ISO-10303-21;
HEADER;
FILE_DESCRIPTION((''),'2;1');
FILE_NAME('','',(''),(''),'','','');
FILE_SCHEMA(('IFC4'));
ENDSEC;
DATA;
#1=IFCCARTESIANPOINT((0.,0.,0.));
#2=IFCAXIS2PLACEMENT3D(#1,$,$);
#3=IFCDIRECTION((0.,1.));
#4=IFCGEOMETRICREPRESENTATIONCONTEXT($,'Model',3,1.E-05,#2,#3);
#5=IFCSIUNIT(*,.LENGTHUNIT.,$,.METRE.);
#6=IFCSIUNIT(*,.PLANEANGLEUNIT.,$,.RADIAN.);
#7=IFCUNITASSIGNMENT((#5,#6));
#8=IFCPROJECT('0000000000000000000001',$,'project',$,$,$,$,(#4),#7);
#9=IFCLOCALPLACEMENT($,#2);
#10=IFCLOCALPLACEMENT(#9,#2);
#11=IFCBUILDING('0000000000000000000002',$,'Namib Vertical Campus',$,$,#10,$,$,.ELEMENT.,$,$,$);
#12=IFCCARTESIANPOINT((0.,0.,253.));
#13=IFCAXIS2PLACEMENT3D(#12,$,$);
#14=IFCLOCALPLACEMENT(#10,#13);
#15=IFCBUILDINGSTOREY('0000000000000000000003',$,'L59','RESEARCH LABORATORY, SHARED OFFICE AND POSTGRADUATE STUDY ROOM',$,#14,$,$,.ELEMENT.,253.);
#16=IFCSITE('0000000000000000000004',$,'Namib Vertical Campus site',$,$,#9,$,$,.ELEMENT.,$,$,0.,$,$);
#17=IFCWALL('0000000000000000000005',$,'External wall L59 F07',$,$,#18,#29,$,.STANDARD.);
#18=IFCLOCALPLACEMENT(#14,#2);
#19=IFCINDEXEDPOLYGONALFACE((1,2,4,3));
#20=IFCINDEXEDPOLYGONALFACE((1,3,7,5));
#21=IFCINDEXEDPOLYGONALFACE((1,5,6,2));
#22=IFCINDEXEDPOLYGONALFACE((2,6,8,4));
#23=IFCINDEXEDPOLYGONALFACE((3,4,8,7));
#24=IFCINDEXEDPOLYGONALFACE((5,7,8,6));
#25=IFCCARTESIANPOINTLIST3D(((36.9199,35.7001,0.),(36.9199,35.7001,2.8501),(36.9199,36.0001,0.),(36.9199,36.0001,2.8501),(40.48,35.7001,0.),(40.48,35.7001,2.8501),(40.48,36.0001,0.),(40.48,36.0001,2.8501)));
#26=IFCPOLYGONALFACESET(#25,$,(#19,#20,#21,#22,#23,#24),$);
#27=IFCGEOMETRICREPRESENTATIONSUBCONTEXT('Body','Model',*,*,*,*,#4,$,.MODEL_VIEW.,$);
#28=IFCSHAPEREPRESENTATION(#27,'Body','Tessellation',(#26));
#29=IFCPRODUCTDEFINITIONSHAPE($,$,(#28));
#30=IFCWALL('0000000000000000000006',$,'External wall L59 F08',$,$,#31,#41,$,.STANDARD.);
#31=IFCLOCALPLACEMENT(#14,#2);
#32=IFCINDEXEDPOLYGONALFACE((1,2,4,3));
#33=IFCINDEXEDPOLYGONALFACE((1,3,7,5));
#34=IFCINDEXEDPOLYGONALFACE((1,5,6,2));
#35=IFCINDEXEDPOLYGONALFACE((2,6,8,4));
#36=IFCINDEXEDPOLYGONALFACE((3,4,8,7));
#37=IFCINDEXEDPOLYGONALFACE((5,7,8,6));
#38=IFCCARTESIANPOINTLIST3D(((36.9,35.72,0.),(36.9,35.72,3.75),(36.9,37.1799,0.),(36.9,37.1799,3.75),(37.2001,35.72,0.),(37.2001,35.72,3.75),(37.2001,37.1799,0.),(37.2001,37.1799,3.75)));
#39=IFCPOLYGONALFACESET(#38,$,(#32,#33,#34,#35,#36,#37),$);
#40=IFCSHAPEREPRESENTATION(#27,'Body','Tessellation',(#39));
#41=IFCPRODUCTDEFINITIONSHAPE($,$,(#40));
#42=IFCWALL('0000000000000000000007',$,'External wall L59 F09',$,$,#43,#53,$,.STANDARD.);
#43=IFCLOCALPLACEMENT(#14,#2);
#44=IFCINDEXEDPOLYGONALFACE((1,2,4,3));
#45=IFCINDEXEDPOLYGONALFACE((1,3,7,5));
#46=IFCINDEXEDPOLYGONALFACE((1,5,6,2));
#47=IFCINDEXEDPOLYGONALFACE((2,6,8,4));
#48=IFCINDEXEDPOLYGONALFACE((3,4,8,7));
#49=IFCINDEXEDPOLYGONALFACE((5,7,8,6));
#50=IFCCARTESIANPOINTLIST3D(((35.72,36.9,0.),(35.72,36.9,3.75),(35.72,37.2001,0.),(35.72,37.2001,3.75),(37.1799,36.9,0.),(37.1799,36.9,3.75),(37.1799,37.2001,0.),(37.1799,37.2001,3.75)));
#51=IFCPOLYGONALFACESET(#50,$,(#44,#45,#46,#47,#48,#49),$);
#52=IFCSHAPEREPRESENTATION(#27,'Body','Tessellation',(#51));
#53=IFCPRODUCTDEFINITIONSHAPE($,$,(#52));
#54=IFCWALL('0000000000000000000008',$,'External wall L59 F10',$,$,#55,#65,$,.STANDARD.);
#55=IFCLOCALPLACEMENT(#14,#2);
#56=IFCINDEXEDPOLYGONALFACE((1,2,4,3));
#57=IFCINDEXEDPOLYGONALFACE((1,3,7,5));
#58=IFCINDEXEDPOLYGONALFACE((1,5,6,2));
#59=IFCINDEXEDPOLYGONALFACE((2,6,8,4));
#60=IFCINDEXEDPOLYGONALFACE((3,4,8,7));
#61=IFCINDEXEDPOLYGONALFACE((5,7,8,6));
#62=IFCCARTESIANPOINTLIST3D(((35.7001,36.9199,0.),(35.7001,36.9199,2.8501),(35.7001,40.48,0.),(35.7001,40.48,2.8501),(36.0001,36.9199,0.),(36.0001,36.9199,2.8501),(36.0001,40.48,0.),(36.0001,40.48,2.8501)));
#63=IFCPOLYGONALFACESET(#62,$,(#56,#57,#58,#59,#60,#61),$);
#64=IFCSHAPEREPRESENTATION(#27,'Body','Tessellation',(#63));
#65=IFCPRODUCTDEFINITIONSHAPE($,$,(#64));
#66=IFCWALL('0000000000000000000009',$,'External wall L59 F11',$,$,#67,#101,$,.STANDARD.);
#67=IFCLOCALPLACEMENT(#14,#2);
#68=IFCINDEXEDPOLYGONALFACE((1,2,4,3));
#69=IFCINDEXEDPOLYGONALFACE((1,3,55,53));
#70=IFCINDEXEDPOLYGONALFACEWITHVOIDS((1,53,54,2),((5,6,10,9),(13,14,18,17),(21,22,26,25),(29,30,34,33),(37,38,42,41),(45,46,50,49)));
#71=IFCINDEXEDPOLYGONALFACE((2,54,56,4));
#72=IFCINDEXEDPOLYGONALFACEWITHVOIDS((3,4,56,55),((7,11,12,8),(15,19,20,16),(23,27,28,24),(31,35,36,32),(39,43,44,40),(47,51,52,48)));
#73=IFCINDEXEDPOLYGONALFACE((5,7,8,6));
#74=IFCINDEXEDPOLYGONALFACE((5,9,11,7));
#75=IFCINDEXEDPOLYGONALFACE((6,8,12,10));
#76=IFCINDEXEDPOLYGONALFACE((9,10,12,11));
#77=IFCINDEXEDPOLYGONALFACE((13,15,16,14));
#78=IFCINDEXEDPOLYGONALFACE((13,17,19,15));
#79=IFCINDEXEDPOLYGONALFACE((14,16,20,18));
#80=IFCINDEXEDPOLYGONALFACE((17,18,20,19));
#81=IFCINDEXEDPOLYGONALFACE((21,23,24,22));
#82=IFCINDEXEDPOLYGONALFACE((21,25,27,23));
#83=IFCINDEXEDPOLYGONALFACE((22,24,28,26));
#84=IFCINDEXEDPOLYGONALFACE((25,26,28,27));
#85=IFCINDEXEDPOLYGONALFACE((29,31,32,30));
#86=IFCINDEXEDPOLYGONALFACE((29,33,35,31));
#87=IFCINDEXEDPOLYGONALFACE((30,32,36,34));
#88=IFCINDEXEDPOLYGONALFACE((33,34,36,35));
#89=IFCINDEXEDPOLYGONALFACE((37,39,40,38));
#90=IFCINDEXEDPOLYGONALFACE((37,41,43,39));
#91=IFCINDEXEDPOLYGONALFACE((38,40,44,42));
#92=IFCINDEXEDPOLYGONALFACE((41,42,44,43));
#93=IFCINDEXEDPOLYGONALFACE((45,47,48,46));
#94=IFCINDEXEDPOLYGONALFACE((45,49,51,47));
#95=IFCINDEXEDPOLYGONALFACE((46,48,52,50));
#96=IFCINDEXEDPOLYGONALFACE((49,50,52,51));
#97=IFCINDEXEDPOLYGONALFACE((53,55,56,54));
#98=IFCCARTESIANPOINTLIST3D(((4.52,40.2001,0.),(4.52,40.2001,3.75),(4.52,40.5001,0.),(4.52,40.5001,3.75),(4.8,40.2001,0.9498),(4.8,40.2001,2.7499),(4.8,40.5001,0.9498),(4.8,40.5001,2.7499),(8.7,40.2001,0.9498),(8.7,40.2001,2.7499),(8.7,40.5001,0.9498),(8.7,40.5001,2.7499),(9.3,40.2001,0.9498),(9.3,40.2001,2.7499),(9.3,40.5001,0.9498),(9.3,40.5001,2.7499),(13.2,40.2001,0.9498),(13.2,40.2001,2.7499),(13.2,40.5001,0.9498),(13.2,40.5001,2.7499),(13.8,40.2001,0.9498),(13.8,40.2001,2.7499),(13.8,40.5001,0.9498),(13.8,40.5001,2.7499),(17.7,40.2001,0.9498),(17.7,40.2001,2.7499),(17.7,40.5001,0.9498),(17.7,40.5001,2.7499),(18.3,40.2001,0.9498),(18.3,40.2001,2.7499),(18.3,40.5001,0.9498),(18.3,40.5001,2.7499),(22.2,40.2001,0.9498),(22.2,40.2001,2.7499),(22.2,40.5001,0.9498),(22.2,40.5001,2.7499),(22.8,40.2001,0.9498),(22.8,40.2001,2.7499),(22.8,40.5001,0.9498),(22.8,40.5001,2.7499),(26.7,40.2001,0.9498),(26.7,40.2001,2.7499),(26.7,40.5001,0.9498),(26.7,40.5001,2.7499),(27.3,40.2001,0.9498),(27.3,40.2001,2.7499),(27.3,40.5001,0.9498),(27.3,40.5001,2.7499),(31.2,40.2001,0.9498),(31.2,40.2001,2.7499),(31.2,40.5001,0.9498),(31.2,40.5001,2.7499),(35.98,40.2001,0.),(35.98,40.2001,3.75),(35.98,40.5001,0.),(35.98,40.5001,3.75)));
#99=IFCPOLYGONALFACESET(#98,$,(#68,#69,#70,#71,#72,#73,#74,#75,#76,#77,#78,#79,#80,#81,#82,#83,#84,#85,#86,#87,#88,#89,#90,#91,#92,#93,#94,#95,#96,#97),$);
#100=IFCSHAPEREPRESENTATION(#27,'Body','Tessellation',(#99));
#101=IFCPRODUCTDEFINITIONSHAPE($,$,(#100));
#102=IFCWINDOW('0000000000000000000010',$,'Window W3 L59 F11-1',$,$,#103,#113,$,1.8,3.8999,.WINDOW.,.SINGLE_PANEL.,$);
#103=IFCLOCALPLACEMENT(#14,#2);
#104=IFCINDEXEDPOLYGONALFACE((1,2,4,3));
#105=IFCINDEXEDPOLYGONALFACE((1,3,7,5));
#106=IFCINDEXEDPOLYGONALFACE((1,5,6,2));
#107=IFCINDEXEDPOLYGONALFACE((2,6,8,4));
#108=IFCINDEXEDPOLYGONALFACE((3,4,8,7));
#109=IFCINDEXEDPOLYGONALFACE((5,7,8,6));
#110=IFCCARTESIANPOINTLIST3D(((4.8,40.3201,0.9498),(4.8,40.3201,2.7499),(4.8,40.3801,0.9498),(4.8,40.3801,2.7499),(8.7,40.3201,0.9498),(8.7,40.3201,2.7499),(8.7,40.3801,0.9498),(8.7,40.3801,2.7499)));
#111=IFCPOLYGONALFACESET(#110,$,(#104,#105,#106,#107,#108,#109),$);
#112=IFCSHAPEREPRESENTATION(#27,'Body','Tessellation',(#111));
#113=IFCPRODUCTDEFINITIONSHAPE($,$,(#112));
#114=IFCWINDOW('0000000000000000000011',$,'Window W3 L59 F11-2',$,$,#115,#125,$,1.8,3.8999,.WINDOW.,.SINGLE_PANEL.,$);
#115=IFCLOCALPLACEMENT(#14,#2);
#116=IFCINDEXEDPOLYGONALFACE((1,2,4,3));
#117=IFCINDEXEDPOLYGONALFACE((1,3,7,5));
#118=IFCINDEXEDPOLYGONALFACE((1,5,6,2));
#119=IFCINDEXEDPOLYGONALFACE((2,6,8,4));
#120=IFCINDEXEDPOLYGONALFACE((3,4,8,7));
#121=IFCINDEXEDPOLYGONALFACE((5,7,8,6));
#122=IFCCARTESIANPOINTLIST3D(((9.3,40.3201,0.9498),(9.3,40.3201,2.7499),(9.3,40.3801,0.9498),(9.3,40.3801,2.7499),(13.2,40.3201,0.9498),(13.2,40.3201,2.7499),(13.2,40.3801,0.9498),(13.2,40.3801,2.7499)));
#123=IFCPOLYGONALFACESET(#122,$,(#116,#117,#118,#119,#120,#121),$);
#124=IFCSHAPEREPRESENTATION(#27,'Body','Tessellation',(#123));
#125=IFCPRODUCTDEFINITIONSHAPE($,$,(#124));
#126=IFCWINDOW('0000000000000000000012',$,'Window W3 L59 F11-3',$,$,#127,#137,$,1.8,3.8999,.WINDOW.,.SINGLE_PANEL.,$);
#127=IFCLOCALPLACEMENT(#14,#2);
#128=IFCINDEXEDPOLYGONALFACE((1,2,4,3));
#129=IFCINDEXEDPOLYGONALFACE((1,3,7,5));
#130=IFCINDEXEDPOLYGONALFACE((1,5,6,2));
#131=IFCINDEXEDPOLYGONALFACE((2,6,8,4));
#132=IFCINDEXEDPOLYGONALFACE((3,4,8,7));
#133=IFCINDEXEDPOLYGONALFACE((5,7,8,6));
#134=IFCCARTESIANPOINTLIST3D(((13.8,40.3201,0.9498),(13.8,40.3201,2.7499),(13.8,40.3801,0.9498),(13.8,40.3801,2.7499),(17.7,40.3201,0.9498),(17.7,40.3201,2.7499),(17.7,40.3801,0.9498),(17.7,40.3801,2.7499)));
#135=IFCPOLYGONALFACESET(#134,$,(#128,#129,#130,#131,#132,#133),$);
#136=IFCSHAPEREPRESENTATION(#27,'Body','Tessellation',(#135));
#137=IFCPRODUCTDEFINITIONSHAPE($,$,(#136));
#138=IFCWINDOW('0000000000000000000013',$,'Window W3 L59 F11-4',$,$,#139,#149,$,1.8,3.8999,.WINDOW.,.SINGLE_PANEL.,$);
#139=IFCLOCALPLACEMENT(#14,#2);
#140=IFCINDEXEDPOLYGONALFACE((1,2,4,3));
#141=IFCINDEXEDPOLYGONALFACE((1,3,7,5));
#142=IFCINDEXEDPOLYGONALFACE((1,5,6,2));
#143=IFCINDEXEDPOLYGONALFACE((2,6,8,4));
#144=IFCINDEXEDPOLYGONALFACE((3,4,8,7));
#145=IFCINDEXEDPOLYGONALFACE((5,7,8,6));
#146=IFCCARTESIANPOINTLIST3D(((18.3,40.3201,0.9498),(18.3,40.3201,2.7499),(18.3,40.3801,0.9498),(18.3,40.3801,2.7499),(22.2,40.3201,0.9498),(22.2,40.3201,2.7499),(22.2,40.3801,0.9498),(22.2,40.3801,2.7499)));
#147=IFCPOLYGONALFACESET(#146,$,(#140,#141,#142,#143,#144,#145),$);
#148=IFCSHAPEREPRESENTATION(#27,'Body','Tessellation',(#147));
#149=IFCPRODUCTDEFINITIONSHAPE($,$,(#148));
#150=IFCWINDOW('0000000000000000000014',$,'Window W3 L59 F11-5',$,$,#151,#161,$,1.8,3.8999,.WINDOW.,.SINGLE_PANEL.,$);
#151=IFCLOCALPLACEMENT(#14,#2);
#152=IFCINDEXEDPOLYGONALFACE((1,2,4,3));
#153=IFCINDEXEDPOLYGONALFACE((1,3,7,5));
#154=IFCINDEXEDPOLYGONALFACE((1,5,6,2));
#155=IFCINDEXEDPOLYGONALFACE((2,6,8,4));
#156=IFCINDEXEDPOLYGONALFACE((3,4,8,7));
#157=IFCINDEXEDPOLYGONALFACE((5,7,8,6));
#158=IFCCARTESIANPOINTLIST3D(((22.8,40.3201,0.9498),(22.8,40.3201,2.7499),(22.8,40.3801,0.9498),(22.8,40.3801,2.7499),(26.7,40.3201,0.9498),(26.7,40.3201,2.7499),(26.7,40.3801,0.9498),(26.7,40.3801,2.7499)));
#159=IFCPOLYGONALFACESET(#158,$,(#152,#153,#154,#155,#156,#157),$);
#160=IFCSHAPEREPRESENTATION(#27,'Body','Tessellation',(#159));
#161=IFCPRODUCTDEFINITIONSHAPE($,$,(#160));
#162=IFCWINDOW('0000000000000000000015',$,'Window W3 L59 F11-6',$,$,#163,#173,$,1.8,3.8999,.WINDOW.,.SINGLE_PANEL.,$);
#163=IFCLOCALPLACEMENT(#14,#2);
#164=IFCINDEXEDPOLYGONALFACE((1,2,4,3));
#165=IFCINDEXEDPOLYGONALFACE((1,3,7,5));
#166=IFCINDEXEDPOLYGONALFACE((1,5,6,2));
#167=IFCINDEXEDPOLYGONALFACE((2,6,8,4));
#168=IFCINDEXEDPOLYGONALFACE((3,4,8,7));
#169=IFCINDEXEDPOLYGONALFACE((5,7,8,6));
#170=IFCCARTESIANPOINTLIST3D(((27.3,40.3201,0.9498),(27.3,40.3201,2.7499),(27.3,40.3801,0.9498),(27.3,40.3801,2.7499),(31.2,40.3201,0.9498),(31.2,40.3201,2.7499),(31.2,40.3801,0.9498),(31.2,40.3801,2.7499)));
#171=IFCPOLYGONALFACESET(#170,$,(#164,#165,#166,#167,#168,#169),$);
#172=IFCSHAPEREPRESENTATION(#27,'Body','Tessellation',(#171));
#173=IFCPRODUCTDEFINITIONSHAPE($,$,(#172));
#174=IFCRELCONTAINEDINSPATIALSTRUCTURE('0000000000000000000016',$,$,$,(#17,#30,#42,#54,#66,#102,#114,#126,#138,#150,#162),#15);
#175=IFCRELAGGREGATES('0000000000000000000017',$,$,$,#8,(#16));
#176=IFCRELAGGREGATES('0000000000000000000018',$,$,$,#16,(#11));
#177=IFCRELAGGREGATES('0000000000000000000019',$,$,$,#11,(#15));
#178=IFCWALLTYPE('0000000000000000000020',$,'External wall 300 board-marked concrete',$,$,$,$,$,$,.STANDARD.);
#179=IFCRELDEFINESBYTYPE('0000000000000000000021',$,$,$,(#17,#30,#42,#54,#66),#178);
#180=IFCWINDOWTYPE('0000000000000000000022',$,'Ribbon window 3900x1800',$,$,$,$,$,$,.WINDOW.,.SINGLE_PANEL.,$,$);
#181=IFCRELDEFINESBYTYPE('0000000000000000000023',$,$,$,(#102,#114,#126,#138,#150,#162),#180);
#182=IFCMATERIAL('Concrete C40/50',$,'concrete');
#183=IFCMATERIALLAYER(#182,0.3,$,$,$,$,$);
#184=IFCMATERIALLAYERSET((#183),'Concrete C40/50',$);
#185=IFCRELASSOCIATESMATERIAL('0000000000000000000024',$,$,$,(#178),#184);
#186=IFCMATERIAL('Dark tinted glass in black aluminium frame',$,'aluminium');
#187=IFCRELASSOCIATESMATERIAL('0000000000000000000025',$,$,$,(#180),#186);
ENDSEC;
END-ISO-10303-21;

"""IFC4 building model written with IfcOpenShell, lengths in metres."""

from ifc_helpers import new_model, si_unit, direction, frame, frame_2d, origin, place, context, subcontext, project, spatial, rectangle, extrude, material, layer, layer_set, type_object, element, fill, save


model = new_model("IFC4")

# Units and contexts
model_context = context("Model", 3, precision=1e-05, world=origin(), true_north=direction((0.0, 1.0)))
body_context = subcontext(model_context, "Body", "Model", "MODEL_VIEW")
ifc_project = project(units=[si_unit("LENGTHUNIT", "METRE"), si_unit("PLANEANGLEUNIT", "RADIAN")], contexts=[model_context])

# Site, building, storey
site_placement = place(None, origin())
site = spatial("IfcSite", under=ifc_project, at=site_placement, Name="Namib Vertical Campus site", CompositionType="ELEMENT", RefElevation=0.0)
building_placement = place(site_placement, origin())
building = spatial("IfcBuilding", under=site, at=building_placement, Name="Namib Vertical Campus", CompositionType="ELEMENT")
storey_placement = place(building_placement, frame((0.0, 0.0, 253.0)))
storey = spatial("IfcBuildingStorey", under=building, at=storey_placement, Name="L59", Description="RESEARCH LABORATORY, SHARED OFFICE AND POSTGRADUATE STUDY ROOM", CompositionType="ELEMENT", Elevation=253.0)

# Walls
ifc_material_1 = material(Name="Concrete C40/50", Category="concrete")
ifc_layer_1 = layer(ifc_material_1, 0.3)
ifc_layer_set_1 = layer_set([ifc_layer_1], Name="Concrete C40/50")
wall_type_1 = type_object("IfcWallType", Name="External wall 300 board-marked concrete", PredefinedType="STANDARD", material=ifc_layer_set_1)
wall_1_placement = place(storey_placement, frame((40.48, 35.8501, 0.0), z_axis=(0.0, 0.0, 1.0), x_axis=(-1.0, 0.0, 0.0)))
element("IfcWall", 1, at=wall_1_placement, inside=storey, type_object=wall_type_1, Name="External wall L59 F07", PredefinedType="STANDARD", context=body_context, shape_type="SweptSolid", body=[
    extrude(rectangle(XDim=3.5601, YDim=0.3, at=frame_2d((1.78, 0.0))), origin(), (0.0, 0.0, 1.0), 2.8501),
])
for number, where, z_axis, x_axis, name in (
    (2, (37.05, 35.72, 0.0), (0.0, 0.0, 1.0), (0.0, 1.0, 0.0), "External wall L59 F08"),
    (3, (37.1799, 37.05, 0.0), (0.0, 0.0, 1.0), (-1.0, 0.0, 0.0), "External wall L59 F09"),
):
    element("IfcWall", number, at=place(storey_placement, frame(where, z_axis=z_axis, x_axis=x_axis)), inside=storey, type_object=wall_type_1, Name=name, PredefinedType="STANDARD", context=body_context, shape_type="SweptSolid", body=[
        extrude(rectangle(XDim=1.46, YDim=0.3, at=frame_2d((0.73, 0.0))), origin(), (0.0, 0.0, 1.0), 3.75),
    ])
wall_2_placement = place(storey_placement, frame((35.8501, 36.9199, 0.0), z_axis=(0.0, 0.0, 1.0), x_axis=(0.0, 1.0, 0.0)))
element("IfcWall", 4, at=wall_2_placement, inside=storey, type_object=wall_type_1, Name="External wall L59 F10", PredefinedType="STANDARD", context=body_context, shape_type="SweptSolid", body=[
    extrude(rectangle(XDim=3.5601, YDim=0.3, at=frame_2d((1.78, 0.0))), origin(), (0.0, 0.0, 1.0), 2.8501),
])

# Wall, openings, windows
wall_3_placement = place(storey_placement, frame((35.98, 40.3501, 0.0), z_axis=(0.0, 0.0, 1.0), x_axis=(-1.0, 0.0, 0.0)))
wall_3 = element("IfcWall", 5, at=wall_3_placement, inside=storey, type_object=wall_type_1, Name="External wall L59 F11", PredefinedType="STANDARD", context=body_context, shape_type="SweptSolid", body=[
    extrude(rectangle(XDim=31.46, YDim=0.3, at=frame_2d((15.73, 0.0))), origin(), (0.0, 0.0, 1.0), 3.75),
])
opening_1_placement = place(wall_3_placement, frame((27.28, 0.0, 0.95)))
opening_1 = element("IfcOpeningElement", 6, at=opening_1_placement, cuts=wall_3, PredefinedType="OPENING", context=body_context, shape_type="SweptSolid", body=[
    extrude(rectangle(XDim=3.8999, YDim=1.8, at=frame_2d((1.95, 0.8999))), frame((0.0, 0.1599, 0.0), z_axis=(0.0, -1.0, 0.0), x_axis=(1.0, 0.0, 0.0)), (0.0, 0.0, 1.0), 0.3201),
])
opening_2_placement = place(wall_3_placement, frame((22.78, 0.0, 0.95)))
opening_2 = element("IfcOpeningElement", 7, at=opening_2_placement, cuts=wall_3, PredefinedType="OPENING", context=body_context, shape_type="SweptSolid", body=[
    extrude(rectangle(XDim=3.8999, YDim=1.8, at=frame_2d((1.95, 0.8999))), frame((0.0, 0.1599, 0.0), z_axis=(0.0, -1.0, 0.0), x_axis=(1.0, 0.0, 0.0)), (0.0, 0.0, 1.0), 0.3201),
])
opening_3_placement = place(wall_3_placement, frame((18.28, 0.0, 0.95)))
opening_3 = element("IfcOpeningElement", 8, at=opening_3_placement, cuts=wall_3, PredefinedType="OPENING", context=body_context, shape_type="SweptSolid", body=[
    extrude(rectangle(XDim=3.8999, YDim=1.8, at=frame_2d((1.95, 0.8999))), frame((0.0, 0.1599, 0.0), z_axis=(0.0, -1.0, 0.0), x_axis=(1.0, 0.0, 0.0)), (0.0, 0.0, 1.0), 0.3201),
])
opening_4_placement = place(wall_3_placement, frame((13.78, 0.0, 0.95)))
opening_4 = element("IfcOpeningElement", 9, at=opening_4_placement, cuts=wall_3, PredefinedType="OPENING", context=body_context, shape_type="SweptSolid", body=[
    extrude(rectangle(XDim=3.8999, YDim=1.8, at=frame_2d((1.95, 0.8999))), frame((0.0, 0.1599, 0.0), z_axis=(0.0, -1.0, 0.0), x_axis=(1.0, 0.0, 0.0)), (0.0, 0.0, 1.0), 0.3201),
])
opening_5_placement = place(wall_3_placement, frame((9.28, 0.0, 0.95)))
opening_5 = element("IfcOpeningElement", 10, at=opening_5_placement, cuts=wall_3, PredefinedType="OPENING", context=body_context, shape_type="SweptSolid", body=[
    extrude(rectangle(XDim=3.8999, YDim=1.8, at=frame_2d((1.95, 0.8999))), frame((0.0, 0.1599, 0.0), z_axis=(0.0, -1.0, 0.0), x_axis=(1.0, 0.0, 0.0)), (0.0, 0.0, 1.0), 0.3201),
])
opening_6_placement = place(wall_3_placement, frame((4.78, 0.0, 0.95)))
opening_6 = element("IfcOpeningElement", 11, at=opening_6_placement, cuts=wall_3, PredefinedType="OPENING", context=body_context, shape_type="SweptSolid", body=[
    extrude(rectangle(XDim=3.8999, YDim=1.8, at=frame_2d((1.95, 0.8999))), frame((0.0, 0.1599, 0.0), z_axis=(0.0, -1.0, 0.0), x_axis=(1.0, 0.0, 0.0)), (0.0, 0.0, 1.0), 0.3201),
])
ifc_material_2 = material(Name="Dark tinted glass in black aluminium frame", Category="aluminium")
window_type = type_object("IfcWindowType", Name="Ribbon window 3900x1800", PartitioningType="SINGLE_PANEL", PredefinedType="WINDOW", material=ifc_material_2)
window_1_placement = place(opening_1_placement, origin())
window_1 = element("IfcWindow", 12, at=window_1_placement, inside=storey, type_object=window_type, Name="Window W3 L59 F11-1", OverallHeight=1.8, OverallWidth=3.8999, PartitioningType="SINGLE_PANEL", PredefinedType="WINDOW", context=body_context, shape_type="SweptSolid", body=[
    extrude(rectangle(XDim=3.8999, YDim=1.8, at=frame_2d((1.95, 0.8999))), frame((0.0, 0.03, 0.0), z_axis=(0.0, -1.0, 0.0), x_axis=(1.0, 0.0, 0.0)), (0.0, 0.0, 1.0), 0.0601),
])
fill(opening_1, window_1)
window_2_placement = place(opening_2_placement, origin())
window_2 = element("IfcWindow", 13, at=window_2_placement, inside=storey, type_object=window_type, Name="Window W3 L59 F11-2", OverallHeight=1.8, OverallWidth=3.8999, PartitioningType="SINGLE_PANEL", PredefinedType="WINDOW", context=body_context, shape_type="SweptSolid", body=[
    extrude(rectangle(XDim=3.8999, YDim=1.8, at=frame_2d((1.95, 0.8999))), frame((0.0, 0.03, 0.0), z_axis=(0.0, -1.0, 0.0), x_axis=(1.0, 0.0, 0.0)), (0.0, 0.0, 1.0), 0.0601),
])
fill(opening_2, window_2)
window_3_placement = place(opening_3_placement, origin())
window_3 = element("IfcWindow", 14, at=window_3_placement, inside=storey, type_object=window_type, Name="Window W3 L59 F11-3", OverallHeight=1.8, OverallWidth=3.8999, PartitioningType="SINGLE_PANEL", PredefinedType="WINDOW", context=body_context, shape_type="SweptSolid", body=[
    extrude(rectangle(XDim=3.8999, YDim=1.8, at=frame_2d((1.95, 0.8999))), frame((0.0, 0.03, 0.0), z_axis=(0.0, -1.0, 0.0), x_axis=(1.0, 0.0, 0.0)), (0.0, 0.0, 1.0), 0.0601),
])
fill(opening_3, window_3)
window_4_placement = place(opening_4_placement, origin())
window_4 = element("IfcWindow", 15, at=window_4_placement, inside=storey, type_object=window_type, Name="Window W3 L59 F11-4", OverallHeight=1.8, OverallWidth=3.8999, PartitioningType="SINGLE_PANEL", PredefinedType="WINDOW", context=body_context, shape_type="SweptSolid", body=[
    extrude(rectangle(XDim=3.8999, YDim=1.8, at=frame_2d((1.95, 0.8999))), frame((0.0, 0.03, 0.0), z_axis=(0.0, -1.0, 0.0), x_axis=(1.0, 0.0, 0.0)), (0.0, 0.0, 1.0), 0.0601),
])
fill(opening_4, window_4)
window_5_placement = place(opening_5_placement, origin())
window_5 = element("IfcWindow", 16, at=window_5_placement, inside=storey, type_object=window_type, Name="Window W3 L59 F11-5", OverallHeight=1.8, OverallWidth=3.8999, PartitioningType="SINGLE_PANEL", PredefinedType="WINDOW", context=body_context, shape_type="SweptSolid", body=[
    extrude(rectangle(XDim=3.8999, YDim=1.8, at=frame_2d((1.95, 0.8999))), frame((0.0, 0.03, 0.0), z_axis=(0.0, -1.0, 0.0), x_axis=(1.0, 0.0, 0.0)), (0.0, 0.0, 1.0), 0.0601),
])
fill(opening_5, window_5)
window_6_placement = place(opening_6_placement, origin())
window_6 = element("IfcWindow", 17, at=window_6_placement, inside=storey, type_object=window_type, Name="Window W3 L59 F11-6", OverallHeight=1.8, OverallWidth=3.8999, PartitioningType="SINGLE_PANEL", PredefinedType="WINDOW", context=body_context, shape_type="SweptSolid", body=[
    extrude(rectangle(XDim=3.8999, YDim=1.8, at=frame_2d((1.95, 0.8999))), frame((0.0, 0.03, 0.0), z_axis=(0.0, -1.0, 0.0), x_axis=(1.0, 0.0, 0.0)), (0.0, 0.0, 1.0), 0.0601),
])
fill(opening_6, window_6)

save(model, "model.ifc")
